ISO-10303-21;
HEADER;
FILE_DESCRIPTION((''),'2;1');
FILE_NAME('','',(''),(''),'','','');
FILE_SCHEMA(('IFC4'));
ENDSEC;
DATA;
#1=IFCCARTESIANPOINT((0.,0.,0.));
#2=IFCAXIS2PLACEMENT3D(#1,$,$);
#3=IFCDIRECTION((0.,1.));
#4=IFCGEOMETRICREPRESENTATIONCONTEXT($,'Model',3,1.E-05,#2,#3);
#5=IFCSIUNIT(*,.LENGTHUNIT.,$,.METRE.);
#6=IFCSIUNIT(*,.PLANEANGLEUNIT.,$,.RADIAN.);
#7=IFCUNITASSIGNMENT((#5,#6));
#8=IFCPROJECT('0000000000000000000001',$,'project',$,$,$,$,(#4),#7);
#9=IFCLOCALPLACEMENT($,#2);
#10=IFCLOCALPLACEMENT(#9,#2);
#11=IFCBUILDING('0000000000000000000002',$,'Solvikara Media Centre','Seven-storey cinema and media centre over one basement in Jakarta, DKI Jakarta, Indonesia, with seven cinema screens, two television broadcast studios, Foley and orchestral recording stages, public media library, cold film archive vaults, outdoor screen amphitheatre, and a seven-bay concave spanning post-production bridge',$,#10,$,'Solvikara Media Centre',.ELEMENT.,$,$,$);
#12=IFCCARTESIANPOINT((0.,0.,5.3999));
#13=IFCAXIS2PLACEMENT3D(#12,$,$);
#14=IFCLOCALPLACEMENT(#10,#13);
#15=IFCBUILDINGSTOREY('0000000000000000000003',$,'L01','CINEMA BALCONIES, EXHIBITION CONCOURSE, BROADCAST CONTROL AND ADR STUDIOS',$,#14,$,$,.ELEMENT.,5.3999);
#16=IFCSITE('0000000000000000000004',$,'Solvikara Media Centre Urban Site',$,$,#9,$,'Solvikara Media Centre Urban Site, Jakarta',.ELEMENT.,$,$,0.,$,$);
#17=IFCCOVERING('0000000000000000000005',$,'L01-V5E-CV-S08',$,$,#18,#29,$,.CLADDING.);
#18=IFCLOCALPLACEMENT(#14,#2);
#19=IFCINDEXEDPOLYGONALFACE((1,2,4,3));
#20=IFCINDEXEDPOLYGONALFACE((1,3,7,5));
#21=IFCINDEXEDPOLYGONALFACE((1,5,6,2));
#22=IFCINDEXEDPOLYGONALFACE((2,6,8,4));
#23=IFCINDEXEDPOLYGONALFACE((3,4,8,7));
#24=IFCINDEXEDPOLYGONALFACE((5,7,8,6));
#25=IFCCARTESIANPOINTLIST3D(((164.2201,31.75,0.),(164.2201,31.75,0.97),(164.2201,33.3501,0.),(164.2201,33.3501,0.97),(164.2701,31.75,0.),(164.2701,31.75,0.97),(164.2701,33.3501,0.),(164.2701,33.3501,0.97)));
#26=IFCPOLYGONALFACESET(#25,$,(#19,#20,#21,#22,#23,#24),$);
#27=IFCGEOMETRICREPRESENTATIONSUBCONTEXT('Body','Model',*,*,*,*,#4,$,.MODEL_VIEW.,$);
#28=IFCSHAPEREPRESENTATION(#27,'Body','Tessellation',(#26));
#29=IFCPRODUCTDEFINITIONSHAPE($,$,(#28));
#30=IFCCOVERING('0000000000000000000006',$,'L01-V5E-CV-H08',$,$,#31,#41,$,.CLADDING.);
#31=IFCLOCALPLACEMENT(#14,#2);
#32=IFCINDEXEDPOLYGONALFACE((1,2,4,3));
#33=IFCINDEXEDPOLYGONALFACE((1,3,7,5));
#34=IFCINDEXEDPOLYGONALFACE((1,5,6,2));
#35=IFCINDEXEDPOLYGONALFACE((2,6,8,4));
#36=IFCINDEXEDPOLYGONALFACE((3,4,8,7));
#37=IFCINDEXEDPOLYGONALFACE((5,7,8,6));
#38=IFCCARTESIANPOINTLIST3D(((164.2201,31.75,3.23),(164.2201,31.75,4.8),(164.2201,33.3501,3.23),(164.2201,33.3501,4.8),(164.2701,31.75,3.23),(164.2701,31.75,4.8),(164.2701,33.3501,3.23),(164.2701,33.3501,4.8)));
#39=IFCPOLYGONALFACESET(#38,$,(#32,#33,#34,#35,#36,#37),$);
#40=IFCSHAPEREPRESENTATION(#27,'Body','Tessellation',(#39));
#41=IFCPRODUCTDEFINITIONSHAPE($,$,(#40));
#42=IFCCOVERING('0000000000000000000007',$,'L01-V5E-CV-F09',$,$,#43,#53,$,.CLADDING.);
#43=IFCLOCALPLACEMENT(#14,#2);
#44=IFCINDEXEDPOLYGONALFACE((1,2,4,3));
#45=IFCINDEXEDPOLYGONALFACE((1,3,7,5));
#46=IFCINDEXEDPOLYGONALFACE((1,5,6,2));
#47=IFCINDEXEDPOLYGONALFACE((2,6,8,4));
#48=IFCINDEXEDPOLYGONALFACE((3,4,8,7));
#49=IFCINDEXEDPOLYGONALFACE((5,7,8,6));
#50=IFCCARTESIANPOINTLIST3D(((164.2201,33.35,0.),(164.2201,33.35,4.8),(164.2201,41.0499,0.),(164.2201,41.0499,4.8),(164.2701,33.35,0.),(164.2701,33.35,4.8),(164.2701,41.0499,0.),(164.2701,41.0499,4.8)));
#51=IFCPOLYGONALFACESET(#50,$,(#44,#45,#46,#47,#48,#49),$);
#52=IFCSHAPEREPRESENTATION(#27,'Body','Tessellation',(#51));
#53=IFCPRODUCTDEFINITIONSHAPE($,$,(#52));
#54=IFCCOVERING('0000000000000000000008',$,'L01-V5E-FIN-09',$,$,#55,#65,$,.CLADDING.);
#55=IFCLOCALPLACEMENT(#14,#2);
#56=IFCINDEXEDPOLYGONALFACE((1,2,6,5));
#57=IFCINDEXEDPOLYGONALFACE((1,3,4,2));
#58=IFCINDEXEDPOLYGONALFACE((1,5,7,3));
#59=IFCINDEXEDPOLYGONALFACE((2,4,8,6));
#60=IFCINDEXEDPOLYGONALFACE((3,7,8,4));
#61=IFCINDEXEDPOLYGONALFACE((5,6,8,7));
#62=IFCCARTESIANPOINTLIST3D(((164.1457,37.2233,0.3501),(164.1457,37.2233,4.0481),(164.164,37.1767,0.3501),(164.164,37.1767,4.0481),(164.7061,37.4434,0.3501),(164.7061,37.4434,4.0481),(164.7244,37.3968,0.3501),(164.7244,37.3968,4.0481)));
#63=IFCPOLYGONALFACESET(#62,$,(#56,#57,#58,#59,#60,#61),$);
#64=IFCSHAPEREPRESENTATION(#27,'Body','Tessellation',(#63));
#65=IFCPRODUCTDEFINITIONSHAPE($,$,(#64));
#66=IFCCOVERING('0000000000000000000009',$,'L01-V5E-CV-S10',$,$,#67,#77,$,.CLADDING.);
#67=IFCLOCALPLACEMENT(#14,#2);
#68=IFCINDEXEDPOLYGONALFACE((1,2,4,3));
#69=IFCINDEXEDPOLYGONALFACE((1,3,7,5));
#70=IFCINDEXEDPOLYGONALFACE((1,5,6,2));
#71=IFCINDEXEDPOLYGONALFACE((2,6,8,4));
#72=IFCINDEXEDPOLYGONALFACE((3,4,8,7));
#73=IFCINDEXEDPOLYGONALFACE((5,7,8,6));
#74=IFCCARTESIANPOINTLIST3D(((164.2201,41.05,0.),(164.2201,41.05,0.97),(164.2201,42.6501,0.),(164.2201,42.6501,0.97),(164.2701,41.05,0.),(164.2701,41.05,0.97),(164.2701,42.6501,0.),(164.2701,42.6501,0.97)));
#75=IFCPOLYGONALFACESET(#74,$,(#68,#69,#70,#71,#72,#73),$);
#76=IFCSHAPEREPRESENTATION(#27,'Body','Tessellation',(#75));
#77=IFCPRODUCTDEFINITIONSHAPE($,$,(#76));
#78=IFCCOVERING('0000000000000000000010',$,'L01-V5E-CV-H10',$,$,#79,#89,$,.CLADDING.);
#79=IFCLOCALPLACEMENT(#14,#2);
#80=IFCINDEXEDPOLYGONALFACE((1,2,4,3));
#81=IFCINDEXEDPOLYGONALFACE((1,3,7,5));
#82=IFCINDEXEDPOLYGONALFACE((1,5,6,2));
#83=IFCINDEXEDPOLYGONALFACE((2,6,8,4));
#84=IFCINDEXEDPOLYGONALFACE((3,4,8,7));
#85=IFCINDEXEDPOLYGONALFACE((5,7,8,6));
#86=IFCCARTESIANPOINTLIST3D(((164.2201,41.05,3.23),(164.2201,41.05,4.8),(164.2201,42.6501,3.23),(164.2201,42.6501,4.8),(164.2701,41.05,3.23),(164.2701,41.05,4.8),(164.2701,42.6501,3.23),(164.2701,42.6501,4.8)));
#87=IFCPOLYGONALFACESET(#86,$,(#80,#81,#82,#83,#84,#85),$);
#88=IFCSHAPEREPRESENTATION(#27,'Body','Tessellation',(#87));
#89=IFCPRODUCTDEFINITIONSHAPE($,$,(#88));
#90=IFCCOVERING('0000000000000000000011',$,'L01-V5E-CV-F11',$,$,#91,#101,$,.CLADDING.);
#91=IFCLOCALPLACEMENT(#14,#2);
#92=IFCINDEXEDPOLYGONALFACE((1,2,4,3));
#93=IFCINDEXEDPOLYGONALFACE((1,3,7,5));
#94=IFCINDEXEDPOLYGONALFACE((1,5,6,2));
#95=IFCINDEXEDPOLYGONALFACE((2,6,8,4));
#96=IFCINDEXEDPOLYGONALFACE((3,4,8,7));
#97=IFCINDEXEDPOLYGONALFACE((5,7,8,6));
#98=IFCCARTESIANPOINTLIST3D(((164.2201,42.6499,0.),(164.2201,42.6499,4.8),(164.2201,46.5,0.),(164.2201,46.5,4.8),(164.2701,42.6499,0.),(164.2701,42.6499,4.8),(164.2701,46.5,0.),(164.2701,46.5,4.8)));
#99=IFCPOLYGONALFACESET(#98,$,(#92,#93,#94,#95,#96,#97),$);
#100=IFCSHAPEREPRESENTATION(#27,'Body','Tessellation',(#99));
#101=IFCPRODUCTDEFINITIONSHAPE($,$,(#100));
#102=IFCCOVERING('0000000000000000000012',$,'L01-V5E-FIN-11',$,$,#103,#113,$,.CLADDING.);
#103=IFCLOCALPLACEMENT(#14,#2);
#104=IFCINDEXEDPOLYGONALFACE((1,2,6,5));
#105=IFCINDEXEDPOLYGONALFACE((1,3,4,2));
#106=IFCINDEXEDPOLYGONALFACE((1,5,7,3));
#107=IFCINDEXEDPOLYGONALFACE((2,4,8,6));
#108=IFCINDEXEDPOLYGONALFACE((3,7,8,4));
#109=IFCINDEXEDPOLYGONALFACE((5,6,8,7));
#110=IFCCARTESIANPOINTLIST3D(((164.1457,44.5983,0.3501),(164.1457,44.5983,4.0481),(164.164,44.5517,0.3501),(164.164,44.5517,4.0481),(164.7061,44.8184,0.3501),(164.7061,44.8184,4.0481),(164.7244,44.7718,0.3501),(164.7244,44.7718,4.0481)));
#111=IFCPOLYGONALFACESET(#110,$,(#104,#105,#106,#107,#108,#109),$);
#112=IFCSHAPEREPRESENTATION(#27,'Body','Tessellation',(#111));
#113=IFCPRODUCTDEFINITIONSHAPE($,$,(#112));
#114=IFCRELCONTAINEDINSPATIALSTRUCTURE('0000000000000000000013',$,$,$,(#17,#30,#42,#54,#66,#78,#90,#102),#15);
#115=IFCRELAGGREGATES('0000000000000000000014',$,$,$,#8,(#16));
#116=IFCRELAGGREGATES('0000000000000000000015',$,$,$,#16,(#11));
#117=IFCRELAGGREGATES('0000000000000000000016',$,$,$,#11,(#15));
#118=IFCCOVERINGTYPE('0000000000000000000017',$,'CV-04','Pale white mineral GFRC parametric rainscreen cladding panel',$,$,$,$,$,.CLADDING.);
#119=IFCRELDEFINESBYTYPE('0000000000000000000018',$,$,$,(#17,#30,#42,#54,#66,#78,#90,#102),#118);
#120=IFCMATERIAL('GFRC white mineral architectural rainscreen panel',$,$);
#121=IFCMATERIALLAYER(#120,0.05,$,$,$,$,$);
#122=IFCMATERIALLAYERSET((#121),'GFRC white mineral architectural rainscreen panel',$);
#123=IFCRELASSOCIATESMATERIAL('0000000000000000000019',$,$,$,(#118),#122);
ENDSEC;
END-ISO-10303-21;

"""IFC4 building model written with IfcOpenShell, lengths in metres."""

from ifc_helpers import new_model, si_unit, direction, frame, origin, origin_2d, place, context, subcontext, project, spatial, rectangle, extrude, material, layer, layer_set, type_object, element, save


model = new_model("IFC4")

# Units and contexts
model_context = context("Model", 3, precision=1e-05, world=origin(), true_north=direction((0.0, 1.0)))
body_context = subcontext(model_context, "Body", "Model", "MODEL_VIEW")
ifc_project = project(units=[si_unit("LENGTHUNIT", "METRE"), si_unit("PLANEANGLEUNIT", "RADIAN")], contexts=[model_context])

# Site, building, storey
site_placement = place(None, origin())
site = spatial("IfcSite", under=ifc_project, at=site_placement, Name="Solvikara Media Centre Urban Site", LongName="Solvikara Media Centre Urban Site, Jakarta", CompositionType="ELEMENT", RefElevation=0.0)
building_placement = place(site_placement, origin())
building = spatial("IfcBuilding", under=site, at=building_placement, Name="Solvikara Media Centre", Description="Seven-storey cinema and media centre over one basement in Jakarta, DKI Jakarta, Indonesia, with seven cinema screens, two television broadcast studios, Foley and orchestral recording stages, public media library, cold film archive vaults, outdoor screen amphitheatre, and a seven-bay concave spanning post-production bridge", LongName="Solvikara Media Centre", CompositionType="ELEMENT")
storey_placement = place(building_placement, frame((0.0, 0.0, 5.3999)))
storey = spatial("IfcBuildingStorey", under=building, at=storey_placement, Name="L01", Description="CINEMA BALCONIES, EXHIBITION CONCOURSE, BROADCAST CONTROL AND ADR STUDIOS", CompositionType="ELEMENT", Elevation=5.3999)

# Coverings
ifc_material_1 = material(Name="GFRC white mineral architectural rainscreen panel")
ifc_layer_1 = layer(ifc_material_1, 0.05)
ifc_layer_set_1 = layer_set([ifc_layer_1], Name="GFRC white mineral architectural rainscreen panel")
covering_type = type_object("IfcCoveringType", Name="CV-04", Description="Pale white mineral GFRC parametric rainscreen cladding panel", PredefinedType="CLADDING", material=ifc_layer_set_1)
covering_1_placement = place(storey_placement, frame((164.2451, 32.55, 0.0), z_axis=(0.0, 0.0, 1.0), x_axis=(0.0, 1.0, 0.0)))
element("IfcCovering", 1, at=covering_1_placement, inside=storey, type_object=covering_type, Name="L01-V5E-CV-S08", PredefinedType="CLADDING", context=body_context, shape_type="SweptSolid", body=[
    extrude(rectangle(XDim=1.6001, YDim=0.05, at=origin_2d()), origin(), (0.0, 0.0, 1.0), 0.97),
])
covering_2_placement = place(storey_placement, frame((164.2451, 32.55, 3.23), z_axis=(0.0, 0.0, 1.0), x_axis=(0.0, 1.0, 0.0)))
element("IfcCovering", 2, at=covering_2_placement, inside=storey, type_object=covering_type, Name="L01-V5E-CV-H08", PredefinedType="CLADDING", context=body_context, shape_type="SweptSolid", body=[
    extrude(rectangle(XDim=1.6001, YDim=0.05, at=origin_2d()), origin(), (0.0, 0.0, 1.0), 1.5701),
])
covering_3_placement = place(storey_placement, frame((164.2451, 37.2, 0.0), z_axis=(0.0, 0.0, 1.0), x_axis=(0.0, 1.0, 0.0)))
element("IfcCovering", 3, at=covering_3_placement, inside=storey, type_object=covering_type, Name="L01-V5E-CV-F09", PredefinedType="CLADDING", context=body_context, shape_type="SweptSolid", body=[
    extrude(rectangle(XDim=7.7, YDim=0.05, at=origin_2d()), origin(), (0.0, 0.0, 1.0), 4.8),
])
covering_4_placement = place(storey_placement, frame((164.4351, 37.3101, 0.3501), z_axis=(0.0, 0.0, 1.0), x_axis=(0.93075, 0.365657, 0.0)))
element("IfcCovering", 4, at=covering_4_placement, inside=storey, type_object=covering_type, Name="L01-V5E-FIN-09", PredefinedType="CLADDING", context=body_context, shape_type="SweptSolid", body=[
    extrude(rectangle(XDim=0.6021, YDim=0.05, at=origin_2d()), origin(), (0.0, 0.0, 1.0), 3.698),
])
covering_5_placement = place(storey_placement, frame((164.2451, 41.8501, 0.0), z_axis=(0.0, 0.0, 1.0), x_axis=(0.0, 1.0, 0.0)))
element("IfcCovering", 5, at=covering_5_placement, inside=storey, type_object=covering_type, Name="L01-V5E-CV-S10", PredefinedType="CLADDING", context=body_context, shape_type="SweptSolid", body=[
    extrude(rectangle(XDim=1.6001, YDim=0.05, at=origin_2d()), origin(), (0.0, 0.0, 1.0), 0.97),
])
covering_6_placement = place(storey_placement, frame((164.2451, 41.8501, 3.23), z_axis=(0.0, 0.0, 1.0), x_axis=(0.0, 1.0, 0.0)))
element("IfcCovering", 6, at=covering_6_placement, inside=storey, type_object=covering_type, Name="L01-V5E-CV-H10", PredefinedType="CLADDING", context=body_context, shape_type="SweptSolid", body=[
    extrude(rectangle(XDim=1.6001, YDim=0.05, at=origin_2d()), origin(), (0.0, 0.0, 1.0), 1.5701),
])
covering_7_placement = place(storey_placement, frame((164.2451, 44.575, 0.0), z_axis=(0.0, 0.0, 1.0), x_axis=(0.0, 1.0, 0.0)))
element("IfcCovering", 7, at=covering_7_placement, inside=storey, type_object=covering_type, Name="L01-V5E-CV-F11", PredefinedType="CLADDING", context=body_context, shape_type="SweptSolid", body=[
    extrude(rectangle(XDim=3.8501, YDim=0.05, at=origin_2d()), origin(), (0.0, 0.0, 1.0), 4.8),
])
covering_8_placement = place(storey_placement, frame((164.4351, 44.6851, 0.3501), z_axis=(0.0, 0.0, 1.0), x_axis=(0.93075, 0.365657, 0.0)))
element("IfcCovering", 8, at=covering_8_placement, inside=storey, type_object=covering_type, Name="L01-V5E-FIN-11", PredefinedType="CLADDING", context=body_context, shape_type="SweptSolid", body=[
    extrude(rectangle(XDim=0.6021, YDim=0.05, at=origin_2d()), origin(), (0.0, 0.0, 1.0), 3.698),
])

save(model, "model.ifc")
